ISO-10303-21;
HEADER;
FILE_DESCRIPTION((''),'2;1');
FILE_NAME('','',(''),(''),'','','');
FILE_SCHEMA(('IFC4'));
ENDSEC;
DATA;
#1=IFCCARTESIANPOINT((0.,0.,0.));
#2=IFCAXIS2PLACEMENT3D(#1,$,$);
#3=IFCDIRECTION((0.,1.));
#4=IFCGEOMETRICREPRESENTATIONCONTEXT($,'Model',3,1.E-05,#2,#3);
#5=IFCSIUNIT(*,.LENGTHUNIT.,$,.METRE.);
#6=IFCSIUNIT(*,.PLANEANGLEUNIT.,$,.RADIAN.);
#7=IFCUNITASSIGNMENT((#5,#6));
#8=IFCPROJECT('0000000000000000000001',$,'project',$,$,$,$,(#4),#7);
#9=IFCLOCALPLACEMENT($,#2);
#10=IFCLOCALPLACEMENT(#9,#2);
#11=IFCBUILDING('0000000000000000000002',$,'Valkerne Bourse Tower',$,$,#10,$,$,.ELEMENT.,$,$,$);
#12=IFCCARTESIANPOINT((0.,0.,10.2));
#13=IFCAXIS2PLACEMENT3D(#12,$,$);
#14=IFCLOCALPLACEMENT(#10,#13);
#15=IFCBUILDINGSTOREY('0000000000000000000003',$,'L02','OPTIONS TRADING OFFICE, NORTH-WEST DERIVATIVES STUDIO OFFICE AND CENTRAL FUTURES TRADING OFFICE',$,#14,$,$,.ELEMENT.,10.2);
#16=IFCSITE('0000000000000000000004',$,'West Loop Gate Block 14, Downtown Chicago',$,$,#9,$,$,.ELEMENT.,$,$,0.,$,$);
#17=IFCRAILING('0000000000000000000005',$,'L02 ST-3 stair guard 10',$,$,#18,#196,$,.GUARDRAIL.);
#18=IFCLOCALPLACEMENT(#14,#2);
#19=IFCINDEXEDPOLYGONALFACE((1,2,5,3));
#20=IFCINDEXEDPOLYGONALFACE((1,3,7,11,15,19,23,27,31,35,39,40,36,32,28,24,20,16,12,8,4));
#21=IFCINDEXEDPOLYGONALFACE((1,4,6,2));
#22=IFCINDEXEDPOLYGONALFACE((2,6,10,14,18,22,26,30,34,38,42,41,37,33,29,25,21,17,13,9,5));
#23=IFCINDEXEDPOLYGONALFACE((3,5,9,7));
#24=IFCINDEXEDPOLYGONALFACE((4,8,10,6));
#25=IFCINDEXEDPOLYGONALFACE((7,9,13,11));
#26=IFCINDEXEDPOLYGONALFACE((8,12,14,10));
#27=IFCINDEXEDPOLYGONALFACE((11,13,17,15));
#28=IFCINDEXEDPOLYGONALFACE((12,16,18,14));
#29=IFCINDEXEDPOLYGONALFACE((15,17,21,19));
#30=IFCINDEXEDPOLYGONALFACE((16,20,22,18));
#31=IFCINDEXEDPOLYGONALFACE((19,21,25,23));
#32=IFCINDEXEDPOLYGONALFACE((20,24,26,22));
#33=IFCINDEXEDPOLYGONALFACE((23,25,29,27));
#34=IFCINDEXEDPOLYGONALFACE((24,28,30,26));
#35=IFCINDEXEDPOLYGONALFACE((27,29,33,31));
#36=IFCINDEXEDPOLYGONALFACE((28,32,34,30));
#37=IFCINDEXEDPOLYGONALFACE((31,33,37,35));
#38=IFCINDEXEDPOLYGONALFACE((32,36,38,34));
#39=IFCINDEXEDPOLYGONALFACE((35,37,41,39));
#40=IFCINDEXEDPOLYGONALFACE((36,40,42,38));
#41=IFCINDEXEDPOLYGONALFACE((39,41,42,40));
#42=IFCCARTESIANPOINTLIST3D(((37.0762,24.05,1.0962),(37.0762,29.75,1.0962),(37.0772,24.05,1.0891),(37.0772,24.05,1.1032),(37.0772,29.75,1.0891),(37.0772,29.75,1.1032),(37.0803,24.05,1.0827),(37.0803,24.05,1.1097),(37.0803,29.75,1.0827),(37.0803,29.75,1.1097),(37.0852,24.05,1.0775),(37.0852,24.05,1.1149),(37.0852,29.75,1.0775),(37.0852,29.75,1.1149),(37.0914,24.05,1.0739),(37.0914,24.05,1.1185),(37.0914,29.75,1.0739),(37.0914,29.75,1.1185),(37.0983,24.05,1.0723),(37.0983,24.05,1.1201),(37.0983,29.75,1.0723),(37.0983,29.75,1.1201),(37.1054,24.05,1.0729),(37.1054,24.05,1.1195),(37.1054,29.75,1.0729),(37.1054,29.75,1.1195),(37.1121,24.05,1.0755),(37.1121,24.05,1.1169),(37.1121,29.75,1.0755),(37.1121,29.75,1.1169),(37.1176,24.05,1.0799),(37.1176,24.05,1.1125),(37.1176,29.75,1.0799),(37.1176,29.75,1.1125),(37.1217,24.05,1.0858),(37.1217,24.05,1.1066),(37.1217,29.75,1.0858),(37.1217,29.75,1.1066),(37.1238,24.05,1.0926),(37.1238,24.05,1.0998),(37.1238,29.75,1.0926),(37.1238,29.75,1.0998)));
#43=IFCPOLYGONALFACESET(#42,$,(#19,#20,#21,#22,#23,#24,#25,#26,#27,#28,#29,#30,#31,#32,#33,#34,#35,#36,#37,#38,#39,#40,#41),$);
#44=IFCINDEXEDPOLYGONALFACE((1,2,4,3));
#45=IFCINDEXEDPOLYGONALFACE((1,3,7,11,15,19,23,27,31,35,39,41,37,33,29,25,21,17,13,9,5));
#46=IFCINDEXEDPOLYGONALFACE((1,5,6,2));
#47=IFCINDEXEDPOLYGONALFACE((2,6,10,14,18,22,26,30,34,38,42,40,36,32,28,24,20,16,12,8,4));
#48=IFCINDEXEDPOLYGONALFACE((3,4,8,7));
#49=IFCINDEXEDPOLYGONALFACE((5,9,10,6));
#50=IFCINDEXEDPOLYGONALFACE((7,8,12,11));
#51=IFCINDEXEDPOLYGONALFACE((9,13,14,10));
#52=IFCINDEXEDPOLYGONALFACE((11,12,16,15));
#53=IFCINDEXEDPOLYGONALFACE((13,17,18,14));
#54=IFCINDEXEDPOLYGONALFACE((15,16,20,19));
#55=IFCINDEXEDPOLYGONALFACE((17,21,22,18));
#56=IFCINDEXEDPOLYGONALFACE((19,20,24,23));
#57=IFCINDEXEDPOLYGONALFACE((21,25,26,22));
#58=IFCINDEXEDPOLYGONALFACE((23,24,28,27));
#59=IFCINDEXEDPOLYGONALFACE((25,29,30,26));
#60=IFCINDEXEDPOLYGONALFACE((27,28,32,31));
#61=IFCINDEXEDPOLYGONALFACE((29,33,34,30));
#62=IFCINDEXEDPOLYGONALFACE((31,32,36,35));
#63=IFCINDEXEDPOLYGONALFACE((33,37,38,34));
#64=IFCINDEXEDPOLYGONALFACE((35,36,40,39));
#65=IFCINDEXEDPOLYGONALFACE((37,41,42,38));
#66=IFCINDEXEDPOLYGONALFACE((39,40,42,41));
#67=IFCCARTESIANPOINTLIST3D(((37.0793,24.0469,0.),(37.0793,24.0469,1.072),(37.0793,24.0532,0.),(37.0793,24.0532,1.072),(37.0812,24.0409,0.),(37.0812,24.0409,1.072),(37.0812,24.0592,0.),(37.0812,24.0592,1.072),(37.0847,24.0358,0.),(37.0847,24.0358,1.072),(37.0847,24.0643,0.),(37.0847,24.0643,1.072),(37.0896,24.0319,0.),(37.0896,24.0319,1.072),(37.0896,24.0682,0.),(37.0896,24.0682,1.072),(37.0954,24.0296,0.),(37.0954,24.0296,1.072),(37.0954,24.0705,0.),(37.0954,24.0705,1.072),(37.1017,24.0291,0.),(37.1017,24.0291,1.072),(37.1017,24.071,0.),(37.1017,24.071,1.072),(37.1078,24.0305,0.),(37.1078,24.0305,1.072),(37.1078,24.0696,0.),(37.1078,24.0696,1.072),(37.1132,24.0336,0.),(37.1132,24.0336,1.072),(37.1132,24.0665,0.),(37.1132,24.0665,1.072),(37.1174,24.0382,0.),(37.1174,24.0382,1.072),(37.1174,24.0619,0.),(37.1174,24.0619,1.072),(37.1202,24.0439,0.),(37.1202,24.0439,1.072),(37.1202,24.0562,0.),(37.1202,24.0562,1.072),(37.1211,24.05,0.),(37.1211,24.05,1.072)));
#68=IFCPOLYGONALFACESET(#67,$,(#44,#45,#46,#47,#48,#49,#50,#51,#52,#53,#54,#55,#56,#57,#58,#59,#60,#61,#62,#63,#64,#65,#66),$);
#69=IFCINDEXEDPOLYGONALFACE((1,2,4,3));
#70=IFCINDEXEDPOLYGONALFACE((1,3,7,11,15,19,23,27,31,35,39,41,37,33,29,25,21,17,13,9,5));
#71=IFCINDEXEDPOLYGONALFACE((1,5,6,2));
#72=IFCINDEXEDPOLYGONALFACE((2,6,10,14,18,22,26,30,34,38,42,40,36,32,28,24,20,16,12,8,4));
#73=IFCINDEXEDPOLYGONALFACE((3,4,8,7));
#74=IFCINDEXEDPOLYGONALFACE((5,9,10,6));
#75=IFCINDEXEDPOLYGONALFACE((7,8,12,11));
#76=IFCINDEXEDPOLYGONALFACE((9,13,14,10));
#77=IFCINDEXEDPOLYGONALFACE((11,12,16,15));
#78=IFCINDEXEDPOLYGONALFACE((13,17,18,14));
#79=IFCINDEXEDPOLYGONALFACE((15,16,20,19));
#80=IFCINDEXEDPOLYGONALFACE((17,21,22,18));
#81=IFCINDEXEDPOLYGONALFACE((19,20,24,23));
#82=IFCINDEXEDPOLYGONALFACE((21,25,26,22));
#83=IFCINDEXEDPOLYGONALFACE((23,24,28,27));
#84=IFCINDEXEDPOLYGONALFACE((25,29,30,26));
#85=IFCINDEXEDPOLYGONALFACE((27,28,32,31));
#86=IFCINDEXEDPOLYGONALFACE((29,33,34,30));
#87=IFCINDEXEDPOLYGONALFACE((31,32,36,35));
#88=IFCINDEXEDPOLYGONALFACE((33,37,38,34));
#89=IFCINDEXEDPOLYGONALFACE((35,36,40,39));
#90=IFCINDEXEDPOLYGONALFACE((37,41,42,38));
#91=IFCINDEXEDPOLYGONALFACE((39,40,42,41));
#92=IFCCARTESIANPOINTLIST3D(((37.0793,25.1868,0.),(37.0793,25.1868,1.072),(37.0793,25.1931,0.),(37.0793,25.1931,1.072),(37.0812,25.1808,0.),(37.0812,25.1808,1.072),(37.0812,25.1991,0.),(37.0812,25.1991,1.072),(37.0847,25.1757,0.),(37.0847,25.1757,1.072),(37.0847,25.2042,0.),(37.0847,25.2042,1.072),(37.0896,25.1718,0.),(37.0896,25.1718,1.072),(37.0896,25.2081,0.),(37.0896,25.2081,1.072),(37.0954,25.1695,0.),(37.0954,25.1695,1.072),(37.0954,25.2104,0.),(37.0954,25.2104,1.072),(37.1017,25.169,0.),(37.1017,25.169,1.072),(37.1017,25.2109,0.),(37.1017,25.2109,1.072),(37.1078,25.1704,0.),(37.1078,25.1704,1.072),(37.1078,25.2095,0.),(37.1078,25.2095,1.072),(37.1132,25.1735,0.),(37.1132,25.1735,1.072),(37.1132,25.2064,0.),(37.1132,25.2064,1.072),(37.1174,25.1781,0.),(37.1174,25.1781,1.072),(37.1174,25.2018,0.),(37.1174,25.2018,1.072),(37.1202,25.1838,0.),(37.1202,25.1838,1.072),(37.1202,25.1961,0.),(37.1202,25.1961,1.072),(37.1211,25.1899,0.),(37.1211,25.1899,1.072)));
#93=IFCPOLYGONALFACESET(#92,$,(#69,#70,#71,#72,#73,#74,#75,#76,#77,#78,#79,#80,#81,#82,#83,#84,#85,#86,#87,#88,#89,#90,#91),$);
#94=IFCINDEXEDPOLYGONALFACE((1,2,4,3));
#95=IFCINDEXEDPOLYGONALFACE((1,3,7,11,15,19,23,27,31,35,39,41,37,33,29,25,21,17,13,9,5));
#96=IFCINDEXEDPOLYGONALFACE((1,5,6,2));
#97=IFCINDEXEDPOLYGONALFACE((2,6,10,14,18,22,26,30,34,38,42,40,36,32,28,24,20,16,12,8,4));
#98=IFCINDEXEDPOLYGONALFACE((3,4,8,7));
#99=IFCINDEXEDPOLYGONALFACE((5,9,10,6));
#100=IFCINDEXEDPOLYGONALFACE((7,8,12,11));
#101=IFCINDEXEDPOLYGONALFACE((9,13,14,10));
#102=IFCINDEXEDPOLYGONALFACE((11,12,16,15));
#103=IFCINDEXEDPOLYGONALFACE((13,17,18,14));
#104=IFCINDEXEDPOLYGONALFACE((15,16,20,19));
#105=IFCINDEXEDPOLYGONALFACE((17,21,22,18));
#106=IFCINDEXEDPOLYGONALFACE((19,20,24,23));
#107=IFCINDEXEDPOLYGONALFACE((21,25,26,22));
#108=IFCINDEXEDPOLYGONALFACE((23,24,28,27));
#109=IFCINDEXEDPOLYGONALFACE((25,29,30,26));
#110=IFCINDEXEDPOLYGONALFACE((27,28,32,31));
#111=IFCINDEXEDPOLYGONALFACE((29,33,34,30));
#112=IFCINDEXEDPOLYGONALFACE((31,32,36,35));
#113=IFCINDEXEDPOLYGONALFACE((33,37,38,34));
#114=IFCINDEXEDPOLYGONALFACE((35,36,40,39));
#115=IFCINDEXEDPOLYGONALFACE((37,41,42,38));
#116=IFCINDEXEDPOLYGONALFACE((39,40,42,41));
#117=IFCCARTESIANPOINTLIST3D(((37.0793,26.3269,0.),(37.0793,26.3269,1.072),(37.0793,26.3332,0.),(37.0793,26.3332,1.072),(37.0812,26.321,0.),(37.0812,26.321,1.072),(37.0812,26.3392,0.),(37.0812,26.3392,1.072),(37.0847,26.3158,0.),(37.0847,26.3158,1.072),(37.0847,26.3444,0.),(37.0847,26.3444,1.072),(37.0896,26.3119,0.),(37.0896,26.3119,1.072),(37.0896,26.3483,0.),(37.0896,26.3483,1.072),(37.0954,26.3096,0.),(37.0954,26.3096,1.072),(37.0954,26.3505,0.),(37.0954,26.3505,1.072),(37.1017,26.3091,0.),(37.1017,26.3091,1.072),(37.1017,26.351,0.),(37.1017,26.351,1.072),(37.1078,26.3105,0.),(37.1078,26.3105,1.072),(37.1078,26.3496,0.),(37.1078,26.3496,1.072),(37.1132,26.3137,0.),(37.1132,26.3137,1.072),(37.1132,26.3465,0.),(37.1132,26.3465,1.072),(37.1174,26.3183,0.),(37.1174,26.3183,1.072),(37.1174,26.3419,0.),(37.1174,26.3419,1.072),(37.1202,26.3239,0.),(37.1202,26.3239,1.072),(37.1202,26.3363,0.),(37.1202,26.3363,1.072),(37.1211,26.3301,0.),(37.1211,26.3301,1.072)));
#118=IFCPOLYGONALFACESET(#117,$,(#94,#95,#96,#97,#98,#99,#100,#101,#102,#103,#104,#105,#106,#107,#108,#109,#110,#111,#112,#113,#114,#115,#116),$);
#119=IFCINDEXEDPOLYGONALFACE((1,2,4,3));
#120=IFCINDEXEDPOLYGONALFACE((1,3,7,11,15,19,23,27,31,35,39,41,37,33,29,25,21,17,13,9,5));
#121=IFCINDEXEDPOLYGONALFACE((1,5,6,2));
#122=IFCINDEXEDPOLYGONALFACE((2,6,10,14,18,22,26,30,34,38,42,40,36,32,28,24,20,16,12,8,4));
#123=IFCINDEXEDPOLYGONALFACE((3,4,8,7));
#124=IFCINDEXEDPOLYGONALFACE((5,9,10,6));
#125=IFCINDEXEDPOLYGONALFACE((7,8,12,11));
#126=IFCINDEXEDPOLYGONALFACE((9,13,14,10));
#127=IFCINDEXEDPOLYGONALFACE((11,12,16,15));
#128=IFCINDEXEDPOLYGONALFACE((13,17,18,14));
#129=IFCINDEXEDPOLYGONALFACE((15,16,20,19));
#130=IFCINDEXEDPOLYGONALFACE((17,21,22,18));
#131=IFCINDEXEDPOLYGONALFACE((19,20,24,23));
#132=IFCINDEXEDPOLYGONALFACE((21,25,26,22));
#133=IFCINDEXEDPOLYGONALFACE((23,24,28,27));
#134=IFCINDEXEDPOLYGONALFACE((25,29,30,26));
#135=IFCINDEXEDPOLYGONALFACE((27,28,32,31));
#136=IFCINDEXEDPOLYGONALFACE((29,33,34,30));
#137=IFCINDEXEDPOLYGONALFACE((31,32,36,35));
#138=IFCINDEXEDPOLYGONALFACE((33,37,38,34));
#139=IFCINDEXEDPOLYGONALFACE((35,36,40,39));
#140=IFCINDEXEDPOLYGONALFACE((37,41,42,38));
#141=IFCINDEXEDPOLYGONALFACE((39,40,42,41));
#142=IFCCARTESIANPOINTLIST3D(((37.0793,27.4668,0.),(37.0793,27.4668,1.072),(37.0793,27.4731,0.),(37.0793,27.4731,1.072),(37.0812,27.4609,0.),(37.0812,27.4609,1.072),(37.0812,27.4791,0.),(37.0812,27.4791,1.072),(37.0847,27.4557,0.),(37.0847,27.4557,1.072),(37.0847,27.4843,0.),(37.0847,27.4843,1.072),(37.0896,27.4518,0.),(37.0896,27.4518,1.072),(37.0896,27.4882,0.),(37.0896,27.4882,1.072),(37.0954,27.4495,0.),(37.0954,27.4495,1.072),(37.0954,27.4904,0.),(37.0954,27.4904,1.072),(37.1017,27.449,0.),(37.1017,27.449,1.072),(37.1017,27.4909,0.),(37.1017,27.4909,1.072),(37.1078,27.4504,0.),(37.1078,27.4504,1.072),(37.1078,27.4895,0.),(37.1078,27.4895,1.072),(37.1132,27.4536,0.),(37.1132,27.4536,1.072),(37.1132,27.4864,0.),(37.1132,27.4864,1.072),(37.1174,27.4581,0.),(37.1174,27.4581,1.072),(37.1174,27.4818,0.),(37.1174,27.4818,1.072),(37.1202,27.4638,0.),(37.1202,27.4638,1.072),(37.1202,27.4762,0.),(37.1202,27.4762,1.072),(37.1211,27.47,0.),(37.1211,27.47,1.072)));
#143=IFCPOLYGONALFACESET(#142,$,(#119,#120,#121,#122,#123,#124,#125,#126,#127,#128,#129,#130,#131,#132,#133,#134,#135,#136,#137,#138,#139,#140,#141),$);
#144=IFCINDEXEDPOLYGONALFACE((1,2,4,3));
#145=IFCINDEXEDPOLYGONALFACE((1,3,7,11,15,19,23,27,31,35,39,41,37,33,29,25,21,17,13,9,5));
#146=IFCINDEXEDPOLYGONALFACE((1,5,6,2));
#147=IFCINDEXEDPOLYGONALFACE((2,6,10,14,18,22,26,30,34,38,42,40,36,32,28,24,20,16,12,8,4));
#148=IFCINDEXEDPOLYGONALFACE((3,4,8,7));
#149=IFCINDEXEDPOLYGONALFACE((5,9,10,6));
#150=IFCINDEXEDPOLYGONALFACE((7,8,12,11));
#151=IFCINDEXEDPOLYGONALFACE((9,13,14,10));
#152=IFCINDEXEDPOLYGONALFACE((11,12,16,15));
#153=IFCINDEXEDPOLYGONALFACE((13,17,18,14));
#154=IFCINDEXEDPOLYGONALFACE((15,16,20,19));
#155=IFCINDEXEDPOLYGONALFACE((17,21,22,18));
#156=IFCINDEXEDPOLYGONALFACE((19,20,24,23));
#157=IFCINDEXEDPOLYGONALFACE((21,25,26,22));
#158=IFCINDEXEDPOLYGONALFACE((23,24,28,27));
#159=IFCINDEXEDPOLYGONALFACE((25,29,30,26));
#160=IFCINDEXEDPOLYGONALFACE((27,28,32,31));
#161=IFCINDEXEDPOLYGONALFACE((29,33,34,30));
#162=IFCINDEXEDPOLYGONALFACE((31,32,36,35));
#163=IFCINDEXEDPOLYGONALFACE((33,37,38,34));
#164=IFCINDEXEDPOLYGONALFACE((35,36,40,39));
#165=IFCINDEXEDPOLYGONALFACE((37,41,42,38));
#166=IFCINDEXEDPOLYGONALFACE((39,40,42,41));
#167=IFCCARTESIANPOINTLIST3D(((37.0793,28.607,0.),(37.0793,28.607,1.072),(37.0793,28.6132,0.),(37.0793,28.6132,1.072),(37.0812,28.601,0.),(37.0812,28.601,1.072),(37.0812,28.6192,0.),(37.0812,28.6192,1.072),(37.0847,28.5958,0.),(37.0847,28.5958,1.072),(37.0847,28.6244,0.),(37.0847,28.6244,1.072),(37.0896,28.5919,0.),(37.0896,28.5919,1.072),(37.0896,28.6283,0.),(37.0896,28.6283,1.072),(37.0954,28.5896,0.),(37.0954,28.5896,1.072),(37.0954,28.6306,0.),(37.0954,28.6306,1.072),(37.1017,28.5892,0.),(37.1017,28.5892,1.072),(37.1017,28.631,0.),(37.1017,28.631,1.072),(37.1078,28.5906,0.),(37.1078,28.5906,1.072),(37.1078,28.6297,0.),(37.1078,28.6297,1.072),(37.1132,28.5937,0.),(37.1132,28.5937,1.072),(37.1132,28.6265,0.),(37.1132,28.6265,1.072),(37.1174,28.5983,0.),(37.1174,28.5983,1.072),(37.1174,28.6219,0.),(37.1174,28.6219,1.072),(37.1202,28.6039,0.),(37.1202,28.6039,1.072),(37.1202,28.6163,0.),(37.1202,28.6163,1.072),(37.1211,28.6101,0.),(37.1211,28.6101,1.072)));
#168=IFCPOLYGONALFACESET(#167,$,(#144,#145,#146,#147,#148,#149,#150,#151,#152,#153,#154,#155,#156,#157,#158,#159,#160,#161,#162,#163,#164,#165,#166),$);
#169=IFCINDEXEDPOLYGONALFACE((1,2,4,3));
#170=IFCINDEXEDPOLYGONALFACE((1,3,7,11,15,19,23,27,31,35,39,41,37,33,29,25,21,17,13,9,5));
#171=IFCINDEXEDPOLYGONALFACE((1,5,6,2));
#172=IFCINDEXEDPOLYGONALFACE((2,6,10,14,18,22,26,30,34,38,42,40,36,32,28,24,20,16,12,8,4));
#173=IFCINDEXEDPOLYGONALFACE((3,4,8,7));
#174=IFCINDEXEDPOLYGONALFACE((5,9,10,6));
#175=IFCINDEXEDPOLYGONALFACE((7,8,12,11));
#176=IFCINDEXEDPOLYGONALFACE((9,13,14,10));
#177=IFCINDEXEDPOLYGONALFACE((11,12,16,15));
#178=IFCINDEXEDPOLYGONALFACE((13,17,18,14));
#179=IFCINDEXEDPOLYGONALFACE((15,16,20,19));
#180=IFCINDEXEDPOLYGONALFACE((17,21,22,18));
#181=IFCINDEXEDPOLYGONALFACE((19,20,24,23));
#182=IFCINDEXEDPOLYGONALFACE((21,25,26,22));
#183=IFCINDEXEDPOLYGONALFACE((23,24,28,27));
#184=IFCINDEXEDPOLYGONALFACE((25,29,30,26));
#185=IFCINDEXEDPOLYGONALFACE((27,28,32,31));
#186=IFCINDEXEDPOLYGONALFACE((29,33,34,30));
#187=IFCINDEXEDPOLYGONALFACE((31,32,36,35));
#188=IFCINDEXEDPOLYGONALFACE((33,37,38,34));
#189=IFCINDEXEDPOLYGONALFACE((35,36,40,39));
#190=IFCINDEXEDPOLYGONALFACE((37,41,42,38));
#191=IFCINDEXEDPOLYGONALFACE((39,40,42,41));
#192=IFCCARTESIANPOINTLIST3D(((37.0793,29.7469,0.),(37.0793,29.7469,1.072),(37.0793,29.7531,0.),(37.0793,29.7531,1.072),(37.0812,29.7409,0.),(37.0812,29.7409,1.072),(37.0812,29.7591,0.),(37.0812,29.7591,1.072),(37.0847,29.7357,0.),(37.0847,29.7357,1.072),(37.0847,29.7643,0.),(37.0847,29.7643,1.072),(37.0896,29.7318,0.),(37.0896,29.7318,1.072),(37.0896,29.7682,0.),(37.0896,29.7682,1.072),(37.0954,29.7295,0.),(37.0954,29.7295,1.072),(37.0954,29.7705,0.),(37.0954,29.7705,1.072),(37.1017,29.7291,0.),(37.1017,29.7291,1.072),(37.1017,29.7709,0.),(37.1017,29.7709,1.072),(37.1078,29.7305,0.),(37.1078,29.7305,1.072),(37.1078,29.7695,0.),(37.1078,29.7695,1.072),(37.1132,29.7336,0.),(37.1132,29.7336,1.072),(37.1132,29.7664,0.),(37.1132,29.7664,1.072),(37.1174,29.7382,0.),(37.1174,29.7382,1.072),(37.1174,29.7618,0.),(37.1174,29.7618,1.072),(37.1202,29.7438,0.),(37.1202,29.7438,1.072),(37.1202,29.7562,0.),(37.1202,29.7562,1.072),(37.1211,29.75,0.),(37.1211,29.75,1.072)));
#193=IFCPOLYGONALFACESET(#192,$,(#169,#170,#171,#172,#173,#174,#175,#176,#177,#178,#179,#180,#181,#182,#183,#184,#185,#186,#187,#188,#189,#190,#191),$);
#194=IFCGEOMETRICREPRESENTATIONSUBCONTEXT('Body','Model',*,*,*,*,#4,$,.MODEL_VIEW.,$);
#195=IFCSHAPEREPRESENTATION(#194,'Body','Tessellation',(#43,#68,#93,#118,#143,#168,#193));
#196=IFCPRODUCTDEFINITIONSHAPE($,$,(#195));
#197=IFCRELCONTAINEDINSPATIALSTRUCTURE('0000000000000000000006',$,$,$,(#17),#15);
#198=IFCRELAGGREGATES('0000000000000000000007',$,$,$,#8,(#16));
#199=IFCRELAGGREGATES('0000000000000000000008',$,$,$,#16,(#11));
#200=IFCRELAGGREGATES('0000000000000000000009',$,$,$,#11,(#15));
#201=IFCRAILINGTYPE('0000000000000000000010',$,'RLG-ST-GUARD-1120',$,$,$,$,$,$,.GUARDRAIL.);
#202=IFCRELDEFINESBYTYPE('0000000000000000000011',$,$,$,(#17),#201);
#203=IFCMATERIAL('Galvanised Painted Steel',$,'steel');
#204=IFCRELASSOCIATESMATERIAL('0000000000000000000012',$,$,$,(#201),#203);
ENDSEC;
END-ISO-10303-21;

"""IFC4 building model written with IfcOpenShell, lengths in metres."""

from ifc_helpers import new_model, si_unit, direction, frame, origin, origin_2d, place, context, subcontext, project, spatial, circle, extrude, material, type_object, element, save


model = new_model("IFC4")

# Units and contexts
model_context = context("Model", 3, precision=1e-05, world=origin(), true_north=direction((0.0, 1.0)))
body_context = subcontext(model_context, "Body", "Model", "MODEL_VIEW")
ifc_project = project(units=[si_unit("LENGTHUNIT", "METRE"), si_unit("PLANEANGLEUNIT", "RADIAN")], contexts=[model_context])

# Site, building, storey
site_placement = place(None, origin())
site = spatial("IfcSite", under=ifc_project, at=site_placement, Name="West Loop Gate Block 14, Downtown Chicago", CompositionType="ELEMENT", RefElevation=0.0)
building_placement = place(site_placement, origin())
building = spatial("IfcBuilding", under=site, at=building_placement, Name="Valkerne Bourse Tower", CompositionType="ELEMENT")
storey_placement = place(building_placement, frame((0.0, 0.0, 10.2)))
storey = spatial("IfcBuildingStorey", under=building, at=storey_placement, Name="L02", Description="OPTIONS TRADING OFFICE, NORTH-WEST DERIVATIVES STUDIO OFFICE AND CENTRAL FUTURES TRADING OFFICE", CompositionType="ELEMENT", Elevation=10.2)

# Shared definitions
ifc_material_1 = material(Name="Galvanised Painted Steel", Category="steel")

# Railing
railing_type_1 = type_object("IfcRailingType", Name="RLG-ST-GUARD-1120", PredefinedType="GUARDRAIL", material=ifc_material_1)
for number, where, name in (
    (1, (37.1001, 24.05, 0.0), "L02 ST-3 stair guard 10"),
):
    element("IfcRailing", number, at=place(storey_placement, frame(where)), inside=storey, type_object=railing_type_1, Name=name, PredefinedType="GUARDRAIL", context=body_context, shape_type="SweptSolid", body=[
        extrude(circle(Radius=0.0239, at=origin_2d()), frame((0.0, 0.0, 1.0962), z_axis=(0.0, 1.0, 0.0), x_axis=(-1.0, 0.0, 0.0)), (0.0, 0.0, 1.0), 5.7),
        extrude(circle(Radius=0.021, at=origin_2d()), origin(), (0.0, 0.0, 1.0), 1.072),
        extrude(circle(Radius=0.021, at=origin_2d()), frame((0.0, 1.1399, 0.0)), (0.0, 0.0, 1.0), 1.072),
        extrude(circle(Radius=0.021, at=origin_2d()), frame((0.0, 2.28, 0.0)), (0.0, 0.0, 1.0), 1.072),
        extrude(circle(Radius=0.021, at=origin_2d()), frame((0.0, 3.4199, 0.0)), (0.0, 0.0, 1.0), 1.072),
        extrude(circle(Radius=0.021, at=origin_2d()), frame((0.0, 4.5601, 0.0)), (0.0, 0.0, 1.0), 1.072),
        extrude(circle(Radius=0.021, at=origin_2d()), frame((0.0, 5.7, 0.0)), (0.0, 0.0, 1.0), 1.072),
    ])

save(model, "model.ifc")
